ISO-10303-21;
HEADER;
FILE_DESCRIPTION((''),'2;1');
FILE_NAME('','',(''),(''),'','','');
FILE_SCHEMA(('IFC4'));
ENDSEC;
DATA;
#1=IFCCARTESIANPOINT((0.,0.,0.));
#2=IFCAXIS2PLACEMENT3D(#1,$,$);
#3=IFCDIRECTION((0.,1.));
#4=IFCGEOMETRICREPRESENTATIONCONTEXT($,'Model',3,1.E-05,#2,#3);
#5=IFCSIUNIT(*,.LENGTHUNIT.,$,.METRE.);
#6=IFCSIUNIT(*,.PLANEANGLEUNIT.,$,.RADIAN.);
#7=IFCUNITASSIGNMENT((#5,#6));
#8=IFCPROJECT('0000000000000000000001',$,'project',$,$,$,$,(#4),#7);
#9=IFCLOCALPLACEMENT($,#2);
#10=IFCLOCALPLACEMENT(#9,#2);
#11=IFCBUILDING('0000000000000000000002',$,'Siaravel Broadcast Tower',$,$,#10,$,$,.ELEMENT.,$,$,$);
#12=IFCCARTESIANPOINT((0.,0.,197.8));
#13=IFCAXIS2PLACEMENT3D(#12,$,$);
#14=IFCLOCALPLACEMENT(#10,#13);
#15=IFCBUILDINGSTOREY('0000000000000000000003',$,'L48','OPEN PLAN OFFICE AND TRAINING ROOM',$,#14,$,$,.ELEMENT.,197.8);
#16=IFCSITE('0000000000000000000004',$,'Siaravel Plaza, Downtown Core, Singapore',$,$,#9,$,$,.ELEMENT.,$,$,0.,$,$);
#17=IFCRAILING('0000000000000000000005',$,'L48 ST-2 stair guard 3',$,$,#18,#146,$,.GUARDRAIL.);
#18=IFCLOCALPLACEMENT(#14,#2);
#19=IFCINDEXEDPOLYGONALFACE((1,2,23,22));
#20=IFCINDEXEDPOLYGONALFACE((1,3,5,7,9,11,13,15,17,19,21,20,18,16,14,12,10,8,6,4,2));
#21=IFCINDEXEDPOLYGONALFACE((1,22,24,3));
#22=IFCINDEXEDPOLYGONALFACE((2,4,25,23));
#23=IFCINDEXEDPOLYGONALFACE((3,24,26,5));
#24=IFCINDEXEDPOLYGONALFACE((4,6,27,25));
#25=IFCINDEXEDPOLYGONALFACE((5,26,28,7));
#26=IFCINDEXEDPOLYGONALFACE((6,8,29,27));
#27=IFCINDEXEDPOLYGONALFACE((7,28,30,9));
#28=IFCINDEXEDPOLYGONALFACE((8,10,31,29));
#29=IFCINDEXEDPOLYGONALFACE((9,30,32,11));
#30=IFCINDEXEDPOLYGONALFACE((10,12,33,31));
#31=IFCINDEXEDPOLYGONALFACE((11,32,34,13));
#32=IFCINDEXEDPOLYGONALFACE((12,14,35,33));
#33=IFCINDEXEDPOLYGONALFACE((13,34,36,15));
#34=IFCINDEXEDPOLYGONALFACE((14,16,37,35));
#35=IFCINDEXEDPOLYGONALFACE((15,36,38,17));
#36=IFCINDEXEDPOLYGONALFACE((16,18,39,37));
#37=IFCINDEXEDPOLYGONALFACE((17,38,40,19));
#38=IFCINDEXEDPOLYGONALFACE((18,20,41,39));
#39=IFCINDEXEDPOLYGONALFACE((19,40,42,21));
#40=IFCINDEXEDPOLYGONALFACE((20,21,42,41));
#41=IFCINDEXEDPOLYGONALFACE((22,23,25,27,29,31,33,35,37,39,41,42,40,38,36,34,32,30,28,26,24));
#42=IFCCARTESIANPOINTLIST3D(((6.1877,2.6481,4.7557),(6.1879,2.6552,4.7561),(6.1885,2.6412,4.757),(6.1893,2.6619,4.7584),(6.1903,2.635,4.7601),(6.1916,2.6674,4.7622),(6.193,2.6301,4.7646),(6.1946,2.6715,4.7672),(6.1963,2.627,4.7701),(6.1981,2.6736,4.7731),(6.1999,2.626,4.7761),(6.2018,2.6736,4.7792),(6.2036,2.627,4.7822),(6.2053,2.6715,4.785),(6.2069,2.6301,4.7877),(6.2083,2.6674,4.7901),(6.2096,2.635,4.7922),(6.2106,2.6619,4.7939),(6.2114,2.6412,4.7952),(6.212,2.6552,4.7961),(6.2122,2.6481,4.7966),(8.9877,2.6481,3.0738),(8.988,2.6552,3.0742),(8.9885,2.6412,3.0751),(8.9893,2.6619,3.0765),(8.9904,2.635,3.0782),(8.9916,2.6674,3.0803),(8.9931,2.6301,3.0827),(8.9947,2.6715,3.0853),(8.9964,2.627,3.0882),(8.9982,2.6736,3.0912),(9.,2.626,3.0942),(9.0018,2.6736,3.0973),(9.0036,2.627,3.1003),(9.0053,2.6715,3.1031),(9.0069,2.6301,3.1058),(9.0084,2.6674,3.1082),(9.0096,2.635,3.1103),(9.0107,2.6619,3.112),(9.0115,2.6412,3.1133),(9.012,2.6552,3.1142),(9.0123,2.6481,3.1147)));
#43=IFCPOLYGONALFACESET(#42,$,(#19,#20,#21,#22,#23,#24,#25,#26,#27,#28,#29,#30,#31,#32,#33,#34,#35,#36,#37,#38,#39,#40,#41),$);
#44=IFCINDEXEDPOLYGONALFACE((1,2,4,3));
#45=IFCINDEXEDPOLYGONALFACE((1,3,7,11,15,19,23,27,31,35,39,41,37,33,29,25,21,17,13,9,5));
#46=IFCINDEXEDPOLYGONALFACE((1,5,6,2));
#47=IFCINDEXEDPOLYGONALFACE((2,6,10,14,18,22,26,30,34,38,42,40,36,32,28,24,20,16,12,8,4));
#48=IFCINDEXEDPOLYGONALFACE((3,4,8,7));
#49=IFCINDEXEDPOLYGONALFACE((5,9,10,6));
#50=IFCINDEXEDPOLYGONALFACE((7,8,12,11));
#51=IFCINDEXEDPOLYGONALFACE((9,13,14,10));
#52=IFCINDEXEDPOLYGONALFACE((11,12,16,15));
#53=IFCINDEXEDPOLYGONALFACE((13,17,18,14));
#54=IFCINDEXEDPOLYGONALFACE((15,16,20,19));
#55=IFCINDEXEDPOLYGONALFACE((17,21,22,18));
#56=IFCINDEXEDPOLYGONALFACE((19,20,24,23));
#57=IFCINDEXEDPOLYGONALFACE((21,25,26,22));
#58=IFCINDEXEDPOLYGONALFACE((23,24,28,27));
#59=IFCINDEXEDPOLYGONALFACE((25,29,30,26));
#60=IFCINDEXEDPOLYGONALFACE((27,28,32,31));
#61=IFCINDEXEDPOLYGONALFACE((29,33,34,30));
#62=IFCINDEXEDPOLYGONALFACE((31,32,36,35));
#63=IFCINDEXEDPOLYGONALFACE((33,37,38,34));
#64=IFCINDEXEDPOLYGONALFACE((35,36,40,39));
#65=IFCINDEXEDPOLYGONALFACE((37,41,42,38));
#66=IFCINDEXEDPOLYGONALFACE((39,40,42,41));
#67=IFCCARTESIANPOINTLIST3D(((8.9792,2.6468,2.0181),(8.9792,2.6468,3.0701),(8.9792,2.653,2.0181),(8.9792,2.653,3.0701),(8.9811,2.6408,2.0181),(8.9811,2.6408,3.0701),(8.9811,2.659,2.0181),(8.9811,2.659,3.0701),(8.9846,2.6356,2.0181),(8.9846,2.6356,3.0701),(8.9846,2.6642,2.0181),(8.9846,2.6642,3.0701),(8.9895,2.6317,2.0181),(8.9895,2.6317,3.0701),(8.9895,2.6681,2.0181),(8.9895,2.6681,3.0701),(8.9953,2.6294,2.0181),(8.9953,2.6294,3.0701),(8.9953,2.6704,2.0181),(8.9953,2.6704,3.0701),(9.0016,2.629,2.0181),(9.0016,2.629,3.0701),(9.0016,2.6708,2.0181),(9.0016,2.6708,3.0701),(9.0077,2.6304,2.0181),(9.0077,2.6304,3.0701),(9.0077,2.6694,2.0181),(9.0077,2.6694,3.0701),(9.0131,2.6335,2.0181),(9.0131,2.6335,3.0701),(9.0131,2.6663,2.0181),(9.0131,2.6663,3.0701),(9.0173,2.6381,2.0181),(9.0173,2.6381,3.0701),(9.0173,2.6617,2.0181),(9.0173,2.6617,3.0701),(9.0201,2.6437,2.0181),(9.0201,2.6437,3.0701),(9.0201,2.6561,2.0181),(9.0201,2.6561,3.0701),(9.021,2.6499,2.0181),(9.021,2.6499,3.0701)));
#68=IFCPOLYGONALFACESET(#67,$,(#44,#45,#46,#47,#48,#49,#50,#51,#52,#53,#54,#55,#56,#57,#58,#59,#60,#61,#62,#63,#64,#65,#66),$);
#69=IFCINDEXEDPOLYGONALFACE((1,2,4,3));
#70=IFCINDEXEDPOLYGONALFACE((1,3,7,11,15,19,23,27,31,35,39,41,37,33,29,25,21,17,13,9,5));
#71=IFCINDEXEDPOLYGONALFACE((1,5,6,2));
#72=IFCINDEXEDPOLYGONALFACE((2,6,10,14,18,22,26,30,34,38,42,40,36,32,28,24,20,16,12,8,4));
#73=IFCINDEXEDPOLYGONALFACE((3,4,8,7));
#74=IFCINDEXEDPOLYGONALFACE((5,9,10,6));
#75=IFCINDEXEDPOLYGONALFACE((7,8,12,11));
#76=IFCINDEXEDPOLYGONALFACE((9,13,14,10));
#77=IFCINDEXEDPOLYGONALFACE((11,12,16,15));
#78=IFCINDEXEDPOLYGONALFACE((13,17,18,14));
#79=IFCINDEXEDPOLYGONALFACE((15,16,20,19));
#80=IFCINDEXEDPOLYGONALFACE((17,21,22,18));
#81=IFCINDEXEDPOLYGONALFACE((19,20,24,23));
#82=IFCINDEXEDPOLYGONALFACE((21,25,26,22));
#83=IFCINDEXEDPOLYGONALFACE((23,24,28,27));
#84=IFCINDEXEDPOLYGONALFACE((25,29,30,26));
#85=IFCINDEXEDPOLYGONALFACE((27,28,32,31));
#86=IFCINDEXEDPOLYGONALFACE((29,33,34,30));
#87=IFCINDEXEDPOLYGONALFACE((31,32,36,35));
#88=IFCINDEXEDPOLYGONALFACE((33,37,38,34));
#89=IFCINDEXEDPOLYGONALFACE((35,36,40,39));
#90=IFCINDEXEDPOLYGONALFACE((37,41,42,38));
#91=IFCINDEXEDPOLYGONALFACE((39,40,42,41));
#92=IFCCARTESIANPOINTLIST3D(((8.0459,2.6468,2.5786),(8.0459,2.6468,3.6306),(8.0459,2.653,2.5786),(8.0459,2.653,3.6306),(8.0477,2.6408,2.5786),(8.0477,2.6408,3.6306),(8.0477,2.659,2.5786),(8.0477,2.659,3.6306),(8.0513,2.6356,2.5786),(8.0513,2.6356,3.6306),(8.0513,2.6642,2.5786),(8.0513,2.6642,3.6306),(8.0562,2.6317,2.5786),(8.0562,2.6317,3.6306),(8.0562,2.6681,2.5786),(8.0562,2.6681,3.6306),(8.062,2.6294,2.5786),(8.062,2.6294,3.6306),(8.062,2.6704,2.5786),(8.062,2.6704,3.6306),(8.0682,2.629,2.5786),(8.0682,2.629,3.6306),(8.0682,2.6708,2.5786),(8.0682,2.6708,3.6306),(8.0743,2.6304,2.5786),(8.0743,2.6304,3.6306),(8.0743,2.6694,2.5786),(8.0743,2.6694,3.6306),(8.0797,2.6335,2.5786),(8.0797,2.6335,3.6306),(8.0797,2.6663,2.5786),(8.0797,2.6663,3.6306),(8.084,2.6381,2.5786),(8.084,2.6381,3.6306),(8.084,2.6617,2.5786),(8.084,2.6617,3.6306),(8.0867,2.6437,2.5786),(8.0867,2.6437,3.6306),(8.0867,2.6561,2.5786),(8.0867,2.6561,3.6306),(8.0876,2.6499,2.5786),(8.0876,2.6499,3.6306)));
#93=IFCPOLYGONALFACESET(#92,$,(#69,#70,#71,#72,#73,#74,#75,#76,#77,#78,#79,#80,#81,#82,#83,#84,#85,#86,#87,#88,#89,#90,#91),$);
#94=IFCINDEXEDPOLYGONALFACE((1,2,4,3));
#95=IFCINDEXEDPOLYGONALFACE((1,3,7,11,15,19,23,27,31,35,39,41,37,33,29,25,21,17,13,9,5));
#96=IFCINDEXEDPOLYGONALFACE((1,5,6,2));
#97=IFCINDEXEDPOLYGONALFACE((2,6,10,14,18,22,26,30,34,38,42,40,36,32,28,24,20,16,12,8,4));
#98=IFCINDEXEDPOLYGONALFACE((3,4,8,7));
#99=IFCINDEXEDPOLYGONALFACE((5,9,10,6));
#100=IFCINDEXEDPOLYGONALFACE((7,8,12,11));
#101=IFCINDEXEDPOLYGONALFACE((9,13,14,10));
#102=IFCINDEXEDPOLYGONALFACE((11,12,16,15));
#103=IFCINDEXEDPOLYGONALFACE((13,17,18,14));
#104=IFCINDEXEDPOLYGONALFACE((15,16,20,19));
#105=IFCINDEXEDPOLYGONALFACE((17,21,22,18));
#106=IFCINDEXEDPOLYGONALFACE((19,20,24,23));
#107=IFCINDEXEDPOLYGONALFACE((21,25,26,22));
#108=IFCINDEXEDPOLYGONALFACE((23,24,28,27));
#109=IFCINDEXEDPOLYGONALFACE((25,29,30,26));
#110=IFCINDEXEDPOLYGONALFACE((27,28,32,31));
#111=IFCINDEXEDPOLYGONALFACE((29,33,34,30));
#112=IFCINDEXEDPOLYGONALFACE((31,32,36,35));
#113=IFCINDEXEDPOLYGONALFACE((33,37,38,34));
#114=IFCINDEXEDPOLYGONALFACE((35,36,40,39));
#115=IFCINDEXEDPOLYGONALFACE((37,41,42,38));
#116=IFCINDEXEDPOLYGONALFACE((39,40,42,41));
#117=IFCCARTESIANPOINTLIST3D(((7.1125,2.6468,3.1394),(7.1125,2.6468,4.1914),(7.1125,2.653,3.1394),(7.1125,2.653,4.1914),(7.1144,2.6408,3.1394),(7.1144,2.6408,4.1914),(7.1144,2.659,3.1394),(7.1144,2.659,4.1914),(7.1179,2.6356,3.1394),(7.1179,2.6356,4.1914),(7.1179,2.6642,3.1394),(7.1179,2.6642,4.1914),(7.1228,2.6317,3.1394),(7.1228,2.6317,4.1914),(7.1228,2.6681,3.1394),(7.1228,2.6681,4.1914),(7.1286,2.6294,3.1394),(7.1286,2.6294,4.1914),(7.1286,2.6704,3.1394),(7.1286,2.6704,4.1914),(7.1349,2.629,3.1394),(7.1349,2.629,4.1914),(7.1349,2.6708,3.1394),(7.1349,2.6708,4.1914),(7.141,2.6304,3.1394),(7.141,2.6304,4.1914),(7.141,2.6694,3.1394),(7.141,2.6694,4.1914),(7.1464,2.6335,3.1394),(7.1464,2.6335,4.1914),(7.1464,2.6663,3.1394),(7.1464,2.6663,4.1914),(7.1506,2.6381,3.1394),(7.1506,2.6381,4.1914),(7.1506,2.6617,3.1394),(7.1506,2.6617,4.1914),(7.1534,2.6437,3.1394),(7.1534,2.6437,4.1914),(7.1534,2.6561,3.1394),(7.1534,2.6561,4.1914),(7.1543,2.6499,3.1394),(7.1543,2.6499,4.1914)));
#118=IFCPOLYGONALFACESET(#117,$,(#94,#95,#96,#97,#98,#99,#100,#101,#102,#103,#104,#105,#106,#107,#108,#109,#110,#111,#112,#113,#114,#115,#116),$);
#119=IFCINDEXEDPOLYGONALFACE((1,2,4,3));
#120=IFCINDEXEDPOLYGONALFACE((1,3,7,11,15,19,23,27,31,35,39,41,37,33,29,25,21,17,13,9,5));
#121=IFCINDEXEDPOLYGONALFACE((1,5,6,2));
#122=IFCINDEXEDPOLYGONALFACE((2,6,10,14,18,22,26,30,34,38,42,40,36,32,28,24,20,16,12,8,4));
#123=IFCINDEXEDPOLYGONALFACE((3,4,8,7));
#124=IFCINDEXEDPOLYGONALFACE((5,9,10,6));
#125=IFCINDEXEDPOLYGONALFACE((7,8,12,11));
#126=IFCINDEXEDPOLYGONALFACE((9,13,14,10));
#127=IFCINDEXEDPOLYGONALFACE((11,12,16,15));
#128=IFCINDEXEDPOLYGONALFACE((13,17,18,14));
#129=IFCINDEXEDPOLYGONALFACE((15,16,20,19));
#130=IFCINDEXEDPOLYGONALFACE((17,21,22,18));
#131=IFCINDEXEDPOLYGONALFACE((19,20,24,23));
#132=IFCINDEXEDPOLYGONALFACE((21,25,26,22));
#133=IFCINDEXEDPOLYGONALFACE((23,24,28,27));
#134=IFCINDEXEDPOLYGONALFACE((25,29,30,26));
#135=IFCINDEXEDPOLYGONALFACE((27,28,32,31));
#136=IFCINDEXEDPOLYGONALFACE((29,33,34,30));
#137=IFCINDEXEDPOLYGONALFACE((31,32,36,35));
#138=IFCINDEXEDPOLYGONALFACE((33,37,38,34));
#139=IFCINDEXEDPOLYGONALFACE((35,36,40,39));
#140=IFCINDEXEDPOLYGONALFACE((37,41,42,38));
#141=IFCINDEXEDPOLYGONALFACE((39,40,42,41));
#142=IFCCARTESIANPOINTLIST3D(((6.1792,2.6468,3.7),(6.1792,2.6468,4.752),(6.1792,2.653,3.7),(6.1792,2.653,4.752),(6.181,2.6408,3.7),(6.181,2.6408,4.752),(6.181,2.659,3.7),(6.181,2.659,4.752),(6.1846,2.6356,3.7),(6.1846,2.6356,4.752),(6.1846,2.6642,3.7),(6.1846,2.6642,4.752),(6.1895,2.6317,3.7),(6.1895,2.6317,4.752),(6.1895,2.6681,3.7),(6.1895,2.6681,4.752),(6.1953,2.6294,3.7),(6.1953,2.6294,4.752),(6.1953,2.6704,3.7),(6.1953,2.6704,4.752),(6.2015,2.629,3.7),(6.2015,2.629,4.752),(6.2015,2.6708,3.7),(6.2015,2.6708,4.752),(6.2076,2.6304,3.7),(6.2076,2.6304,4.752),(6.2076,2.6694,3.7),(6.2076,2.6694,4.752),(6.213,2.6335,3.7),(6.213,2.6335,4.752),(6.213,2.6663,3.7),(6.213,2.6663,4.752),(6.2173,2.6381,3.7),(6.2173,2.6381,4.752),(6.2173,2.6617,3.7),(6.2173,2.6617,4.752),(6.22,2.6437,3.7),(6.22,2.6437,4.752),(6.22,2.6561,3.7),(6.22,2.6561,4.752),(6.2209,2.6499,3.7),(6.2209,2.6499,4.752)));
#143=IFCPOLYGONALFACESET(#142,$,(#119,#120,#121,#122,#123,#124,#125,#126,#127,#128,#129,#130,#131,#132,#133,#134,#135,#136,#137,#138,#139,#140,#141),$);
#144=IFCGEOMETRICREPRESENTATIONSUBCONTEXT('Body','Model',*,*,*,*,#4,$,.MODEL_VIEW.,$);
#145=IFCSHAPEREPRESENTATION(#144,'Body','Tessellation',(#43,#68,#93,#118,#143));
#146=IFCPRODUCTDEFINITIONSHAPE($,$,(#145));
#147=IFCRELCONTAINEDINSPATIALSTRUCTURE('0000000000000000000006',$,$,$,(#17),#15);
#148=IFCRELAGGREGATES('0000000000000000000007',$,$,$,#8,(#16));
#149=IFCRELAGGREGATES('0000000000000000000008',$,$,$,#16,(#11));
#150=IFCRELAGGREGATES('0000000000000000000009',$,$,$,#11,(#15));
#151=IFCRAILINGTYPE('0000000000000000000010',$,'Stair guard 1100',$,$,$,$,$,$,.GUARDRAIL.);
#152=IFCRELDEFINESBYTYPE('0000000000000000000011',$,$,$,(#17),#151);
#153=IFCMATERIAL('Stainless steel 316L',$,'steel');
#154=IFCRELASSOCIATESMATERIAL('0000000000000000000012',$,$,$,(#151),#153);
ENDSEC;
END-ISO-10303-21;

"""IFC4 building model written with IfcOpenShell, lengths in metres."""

from ifc_helpers import new_model, si_unit, direction, frame, origin, origin_2d, place, context, subcontext, project, spatial, circle, extrude, material, type_object, element, save


model = new_model("IFC4")

# Units and contexts
model_context = context("Model", 3, precision=1e-05, world=origin(), true_north=direction((0.0, 1.0)))
body_context = subcontext(model_context, "Body", "Model", "MODEL_VIEW")
ifc_project = project(units=[si_unit("LENGTHUNIT", "METRE"), si_unit("PLANEANGLEUNIT", "RADIAN")], contexts=[model_context])

# Site, building, storey
site_placement = place(None, origin())
site = spatial("IfcSite", under=ifc_project, at=site_placement, Name="Siaravel Plaza, Downtown Core, Singapore", CompositionType="ELEMENT", RefElevation=0.0)
building_placement = place(site_placement, origin())
building = spatial("IfcBuilding", under=site, at=building_placement, Name="Siaravel Broadcast Tower", CompositionType="ELEMENT")
storey_placement = place(building_placement, frame((0.0, 0.0, 197.8)))
storey = spatial("IfcBuildingStorey", under=building, at=storey_placement, Name="L48", Description="OPEN PLAN OFFICE AND TRAINING ROOM", CompositionType="ELEMENT", Elevation=197.8)

# Railing
ifc_material_1 = material(Name="Stainless steel 316L", Category="steel")
railing_type_1 = type_object("IfcRailingType", Name="Stair guard 1100", PredefinedType="GUARDRAIL", material=ifc_material_1)
railing_1_placement = place(storey_placement, frame((9.0, 2.6499, 2.0181)))
element("IfcRailing", 1, at=railing_1_placement, inside=storey, type_object=railing_type_1, Name="L48 ST-2 stair guard 3", PredefinedType="GUARDRAIL", context=body_context, shape_type="SweptSolid", body=[
    extrude(circle(Radius=0.0239, at=origin_2d()), frame((0.0, 0.0, 1.0762), z_axis=(-0.857242, 0.0, 0.514913), x_axis=(0.0, -1.0, 0.0)), (0.0, 0.0, 1.0), 3.2664),
    extrude(circle(Radius=0.021, at=origin_2d()), origin(), (0.0, 0.0, 1.0), 1.052),
    extrude(circle(Radius=0.021, at=origin_2d()), frame((-0.9333, 0.0, 0.5605)), (0.0, 0.0, 1.0), 1.052),
    extrude(circle(Radius=0.021, at=origin_2d()), frame((-1.8667, 0.0, 1.1213)), (0.0, 0.0, 1.0), 1.052),
    extrude(circle(Radius=0.021, at=origin_2d()), frame((-2.8, 0.0, 1.6819)), (0.0, 0.0, 1.0), 1.052),
])

save(model, "model.ifc")
